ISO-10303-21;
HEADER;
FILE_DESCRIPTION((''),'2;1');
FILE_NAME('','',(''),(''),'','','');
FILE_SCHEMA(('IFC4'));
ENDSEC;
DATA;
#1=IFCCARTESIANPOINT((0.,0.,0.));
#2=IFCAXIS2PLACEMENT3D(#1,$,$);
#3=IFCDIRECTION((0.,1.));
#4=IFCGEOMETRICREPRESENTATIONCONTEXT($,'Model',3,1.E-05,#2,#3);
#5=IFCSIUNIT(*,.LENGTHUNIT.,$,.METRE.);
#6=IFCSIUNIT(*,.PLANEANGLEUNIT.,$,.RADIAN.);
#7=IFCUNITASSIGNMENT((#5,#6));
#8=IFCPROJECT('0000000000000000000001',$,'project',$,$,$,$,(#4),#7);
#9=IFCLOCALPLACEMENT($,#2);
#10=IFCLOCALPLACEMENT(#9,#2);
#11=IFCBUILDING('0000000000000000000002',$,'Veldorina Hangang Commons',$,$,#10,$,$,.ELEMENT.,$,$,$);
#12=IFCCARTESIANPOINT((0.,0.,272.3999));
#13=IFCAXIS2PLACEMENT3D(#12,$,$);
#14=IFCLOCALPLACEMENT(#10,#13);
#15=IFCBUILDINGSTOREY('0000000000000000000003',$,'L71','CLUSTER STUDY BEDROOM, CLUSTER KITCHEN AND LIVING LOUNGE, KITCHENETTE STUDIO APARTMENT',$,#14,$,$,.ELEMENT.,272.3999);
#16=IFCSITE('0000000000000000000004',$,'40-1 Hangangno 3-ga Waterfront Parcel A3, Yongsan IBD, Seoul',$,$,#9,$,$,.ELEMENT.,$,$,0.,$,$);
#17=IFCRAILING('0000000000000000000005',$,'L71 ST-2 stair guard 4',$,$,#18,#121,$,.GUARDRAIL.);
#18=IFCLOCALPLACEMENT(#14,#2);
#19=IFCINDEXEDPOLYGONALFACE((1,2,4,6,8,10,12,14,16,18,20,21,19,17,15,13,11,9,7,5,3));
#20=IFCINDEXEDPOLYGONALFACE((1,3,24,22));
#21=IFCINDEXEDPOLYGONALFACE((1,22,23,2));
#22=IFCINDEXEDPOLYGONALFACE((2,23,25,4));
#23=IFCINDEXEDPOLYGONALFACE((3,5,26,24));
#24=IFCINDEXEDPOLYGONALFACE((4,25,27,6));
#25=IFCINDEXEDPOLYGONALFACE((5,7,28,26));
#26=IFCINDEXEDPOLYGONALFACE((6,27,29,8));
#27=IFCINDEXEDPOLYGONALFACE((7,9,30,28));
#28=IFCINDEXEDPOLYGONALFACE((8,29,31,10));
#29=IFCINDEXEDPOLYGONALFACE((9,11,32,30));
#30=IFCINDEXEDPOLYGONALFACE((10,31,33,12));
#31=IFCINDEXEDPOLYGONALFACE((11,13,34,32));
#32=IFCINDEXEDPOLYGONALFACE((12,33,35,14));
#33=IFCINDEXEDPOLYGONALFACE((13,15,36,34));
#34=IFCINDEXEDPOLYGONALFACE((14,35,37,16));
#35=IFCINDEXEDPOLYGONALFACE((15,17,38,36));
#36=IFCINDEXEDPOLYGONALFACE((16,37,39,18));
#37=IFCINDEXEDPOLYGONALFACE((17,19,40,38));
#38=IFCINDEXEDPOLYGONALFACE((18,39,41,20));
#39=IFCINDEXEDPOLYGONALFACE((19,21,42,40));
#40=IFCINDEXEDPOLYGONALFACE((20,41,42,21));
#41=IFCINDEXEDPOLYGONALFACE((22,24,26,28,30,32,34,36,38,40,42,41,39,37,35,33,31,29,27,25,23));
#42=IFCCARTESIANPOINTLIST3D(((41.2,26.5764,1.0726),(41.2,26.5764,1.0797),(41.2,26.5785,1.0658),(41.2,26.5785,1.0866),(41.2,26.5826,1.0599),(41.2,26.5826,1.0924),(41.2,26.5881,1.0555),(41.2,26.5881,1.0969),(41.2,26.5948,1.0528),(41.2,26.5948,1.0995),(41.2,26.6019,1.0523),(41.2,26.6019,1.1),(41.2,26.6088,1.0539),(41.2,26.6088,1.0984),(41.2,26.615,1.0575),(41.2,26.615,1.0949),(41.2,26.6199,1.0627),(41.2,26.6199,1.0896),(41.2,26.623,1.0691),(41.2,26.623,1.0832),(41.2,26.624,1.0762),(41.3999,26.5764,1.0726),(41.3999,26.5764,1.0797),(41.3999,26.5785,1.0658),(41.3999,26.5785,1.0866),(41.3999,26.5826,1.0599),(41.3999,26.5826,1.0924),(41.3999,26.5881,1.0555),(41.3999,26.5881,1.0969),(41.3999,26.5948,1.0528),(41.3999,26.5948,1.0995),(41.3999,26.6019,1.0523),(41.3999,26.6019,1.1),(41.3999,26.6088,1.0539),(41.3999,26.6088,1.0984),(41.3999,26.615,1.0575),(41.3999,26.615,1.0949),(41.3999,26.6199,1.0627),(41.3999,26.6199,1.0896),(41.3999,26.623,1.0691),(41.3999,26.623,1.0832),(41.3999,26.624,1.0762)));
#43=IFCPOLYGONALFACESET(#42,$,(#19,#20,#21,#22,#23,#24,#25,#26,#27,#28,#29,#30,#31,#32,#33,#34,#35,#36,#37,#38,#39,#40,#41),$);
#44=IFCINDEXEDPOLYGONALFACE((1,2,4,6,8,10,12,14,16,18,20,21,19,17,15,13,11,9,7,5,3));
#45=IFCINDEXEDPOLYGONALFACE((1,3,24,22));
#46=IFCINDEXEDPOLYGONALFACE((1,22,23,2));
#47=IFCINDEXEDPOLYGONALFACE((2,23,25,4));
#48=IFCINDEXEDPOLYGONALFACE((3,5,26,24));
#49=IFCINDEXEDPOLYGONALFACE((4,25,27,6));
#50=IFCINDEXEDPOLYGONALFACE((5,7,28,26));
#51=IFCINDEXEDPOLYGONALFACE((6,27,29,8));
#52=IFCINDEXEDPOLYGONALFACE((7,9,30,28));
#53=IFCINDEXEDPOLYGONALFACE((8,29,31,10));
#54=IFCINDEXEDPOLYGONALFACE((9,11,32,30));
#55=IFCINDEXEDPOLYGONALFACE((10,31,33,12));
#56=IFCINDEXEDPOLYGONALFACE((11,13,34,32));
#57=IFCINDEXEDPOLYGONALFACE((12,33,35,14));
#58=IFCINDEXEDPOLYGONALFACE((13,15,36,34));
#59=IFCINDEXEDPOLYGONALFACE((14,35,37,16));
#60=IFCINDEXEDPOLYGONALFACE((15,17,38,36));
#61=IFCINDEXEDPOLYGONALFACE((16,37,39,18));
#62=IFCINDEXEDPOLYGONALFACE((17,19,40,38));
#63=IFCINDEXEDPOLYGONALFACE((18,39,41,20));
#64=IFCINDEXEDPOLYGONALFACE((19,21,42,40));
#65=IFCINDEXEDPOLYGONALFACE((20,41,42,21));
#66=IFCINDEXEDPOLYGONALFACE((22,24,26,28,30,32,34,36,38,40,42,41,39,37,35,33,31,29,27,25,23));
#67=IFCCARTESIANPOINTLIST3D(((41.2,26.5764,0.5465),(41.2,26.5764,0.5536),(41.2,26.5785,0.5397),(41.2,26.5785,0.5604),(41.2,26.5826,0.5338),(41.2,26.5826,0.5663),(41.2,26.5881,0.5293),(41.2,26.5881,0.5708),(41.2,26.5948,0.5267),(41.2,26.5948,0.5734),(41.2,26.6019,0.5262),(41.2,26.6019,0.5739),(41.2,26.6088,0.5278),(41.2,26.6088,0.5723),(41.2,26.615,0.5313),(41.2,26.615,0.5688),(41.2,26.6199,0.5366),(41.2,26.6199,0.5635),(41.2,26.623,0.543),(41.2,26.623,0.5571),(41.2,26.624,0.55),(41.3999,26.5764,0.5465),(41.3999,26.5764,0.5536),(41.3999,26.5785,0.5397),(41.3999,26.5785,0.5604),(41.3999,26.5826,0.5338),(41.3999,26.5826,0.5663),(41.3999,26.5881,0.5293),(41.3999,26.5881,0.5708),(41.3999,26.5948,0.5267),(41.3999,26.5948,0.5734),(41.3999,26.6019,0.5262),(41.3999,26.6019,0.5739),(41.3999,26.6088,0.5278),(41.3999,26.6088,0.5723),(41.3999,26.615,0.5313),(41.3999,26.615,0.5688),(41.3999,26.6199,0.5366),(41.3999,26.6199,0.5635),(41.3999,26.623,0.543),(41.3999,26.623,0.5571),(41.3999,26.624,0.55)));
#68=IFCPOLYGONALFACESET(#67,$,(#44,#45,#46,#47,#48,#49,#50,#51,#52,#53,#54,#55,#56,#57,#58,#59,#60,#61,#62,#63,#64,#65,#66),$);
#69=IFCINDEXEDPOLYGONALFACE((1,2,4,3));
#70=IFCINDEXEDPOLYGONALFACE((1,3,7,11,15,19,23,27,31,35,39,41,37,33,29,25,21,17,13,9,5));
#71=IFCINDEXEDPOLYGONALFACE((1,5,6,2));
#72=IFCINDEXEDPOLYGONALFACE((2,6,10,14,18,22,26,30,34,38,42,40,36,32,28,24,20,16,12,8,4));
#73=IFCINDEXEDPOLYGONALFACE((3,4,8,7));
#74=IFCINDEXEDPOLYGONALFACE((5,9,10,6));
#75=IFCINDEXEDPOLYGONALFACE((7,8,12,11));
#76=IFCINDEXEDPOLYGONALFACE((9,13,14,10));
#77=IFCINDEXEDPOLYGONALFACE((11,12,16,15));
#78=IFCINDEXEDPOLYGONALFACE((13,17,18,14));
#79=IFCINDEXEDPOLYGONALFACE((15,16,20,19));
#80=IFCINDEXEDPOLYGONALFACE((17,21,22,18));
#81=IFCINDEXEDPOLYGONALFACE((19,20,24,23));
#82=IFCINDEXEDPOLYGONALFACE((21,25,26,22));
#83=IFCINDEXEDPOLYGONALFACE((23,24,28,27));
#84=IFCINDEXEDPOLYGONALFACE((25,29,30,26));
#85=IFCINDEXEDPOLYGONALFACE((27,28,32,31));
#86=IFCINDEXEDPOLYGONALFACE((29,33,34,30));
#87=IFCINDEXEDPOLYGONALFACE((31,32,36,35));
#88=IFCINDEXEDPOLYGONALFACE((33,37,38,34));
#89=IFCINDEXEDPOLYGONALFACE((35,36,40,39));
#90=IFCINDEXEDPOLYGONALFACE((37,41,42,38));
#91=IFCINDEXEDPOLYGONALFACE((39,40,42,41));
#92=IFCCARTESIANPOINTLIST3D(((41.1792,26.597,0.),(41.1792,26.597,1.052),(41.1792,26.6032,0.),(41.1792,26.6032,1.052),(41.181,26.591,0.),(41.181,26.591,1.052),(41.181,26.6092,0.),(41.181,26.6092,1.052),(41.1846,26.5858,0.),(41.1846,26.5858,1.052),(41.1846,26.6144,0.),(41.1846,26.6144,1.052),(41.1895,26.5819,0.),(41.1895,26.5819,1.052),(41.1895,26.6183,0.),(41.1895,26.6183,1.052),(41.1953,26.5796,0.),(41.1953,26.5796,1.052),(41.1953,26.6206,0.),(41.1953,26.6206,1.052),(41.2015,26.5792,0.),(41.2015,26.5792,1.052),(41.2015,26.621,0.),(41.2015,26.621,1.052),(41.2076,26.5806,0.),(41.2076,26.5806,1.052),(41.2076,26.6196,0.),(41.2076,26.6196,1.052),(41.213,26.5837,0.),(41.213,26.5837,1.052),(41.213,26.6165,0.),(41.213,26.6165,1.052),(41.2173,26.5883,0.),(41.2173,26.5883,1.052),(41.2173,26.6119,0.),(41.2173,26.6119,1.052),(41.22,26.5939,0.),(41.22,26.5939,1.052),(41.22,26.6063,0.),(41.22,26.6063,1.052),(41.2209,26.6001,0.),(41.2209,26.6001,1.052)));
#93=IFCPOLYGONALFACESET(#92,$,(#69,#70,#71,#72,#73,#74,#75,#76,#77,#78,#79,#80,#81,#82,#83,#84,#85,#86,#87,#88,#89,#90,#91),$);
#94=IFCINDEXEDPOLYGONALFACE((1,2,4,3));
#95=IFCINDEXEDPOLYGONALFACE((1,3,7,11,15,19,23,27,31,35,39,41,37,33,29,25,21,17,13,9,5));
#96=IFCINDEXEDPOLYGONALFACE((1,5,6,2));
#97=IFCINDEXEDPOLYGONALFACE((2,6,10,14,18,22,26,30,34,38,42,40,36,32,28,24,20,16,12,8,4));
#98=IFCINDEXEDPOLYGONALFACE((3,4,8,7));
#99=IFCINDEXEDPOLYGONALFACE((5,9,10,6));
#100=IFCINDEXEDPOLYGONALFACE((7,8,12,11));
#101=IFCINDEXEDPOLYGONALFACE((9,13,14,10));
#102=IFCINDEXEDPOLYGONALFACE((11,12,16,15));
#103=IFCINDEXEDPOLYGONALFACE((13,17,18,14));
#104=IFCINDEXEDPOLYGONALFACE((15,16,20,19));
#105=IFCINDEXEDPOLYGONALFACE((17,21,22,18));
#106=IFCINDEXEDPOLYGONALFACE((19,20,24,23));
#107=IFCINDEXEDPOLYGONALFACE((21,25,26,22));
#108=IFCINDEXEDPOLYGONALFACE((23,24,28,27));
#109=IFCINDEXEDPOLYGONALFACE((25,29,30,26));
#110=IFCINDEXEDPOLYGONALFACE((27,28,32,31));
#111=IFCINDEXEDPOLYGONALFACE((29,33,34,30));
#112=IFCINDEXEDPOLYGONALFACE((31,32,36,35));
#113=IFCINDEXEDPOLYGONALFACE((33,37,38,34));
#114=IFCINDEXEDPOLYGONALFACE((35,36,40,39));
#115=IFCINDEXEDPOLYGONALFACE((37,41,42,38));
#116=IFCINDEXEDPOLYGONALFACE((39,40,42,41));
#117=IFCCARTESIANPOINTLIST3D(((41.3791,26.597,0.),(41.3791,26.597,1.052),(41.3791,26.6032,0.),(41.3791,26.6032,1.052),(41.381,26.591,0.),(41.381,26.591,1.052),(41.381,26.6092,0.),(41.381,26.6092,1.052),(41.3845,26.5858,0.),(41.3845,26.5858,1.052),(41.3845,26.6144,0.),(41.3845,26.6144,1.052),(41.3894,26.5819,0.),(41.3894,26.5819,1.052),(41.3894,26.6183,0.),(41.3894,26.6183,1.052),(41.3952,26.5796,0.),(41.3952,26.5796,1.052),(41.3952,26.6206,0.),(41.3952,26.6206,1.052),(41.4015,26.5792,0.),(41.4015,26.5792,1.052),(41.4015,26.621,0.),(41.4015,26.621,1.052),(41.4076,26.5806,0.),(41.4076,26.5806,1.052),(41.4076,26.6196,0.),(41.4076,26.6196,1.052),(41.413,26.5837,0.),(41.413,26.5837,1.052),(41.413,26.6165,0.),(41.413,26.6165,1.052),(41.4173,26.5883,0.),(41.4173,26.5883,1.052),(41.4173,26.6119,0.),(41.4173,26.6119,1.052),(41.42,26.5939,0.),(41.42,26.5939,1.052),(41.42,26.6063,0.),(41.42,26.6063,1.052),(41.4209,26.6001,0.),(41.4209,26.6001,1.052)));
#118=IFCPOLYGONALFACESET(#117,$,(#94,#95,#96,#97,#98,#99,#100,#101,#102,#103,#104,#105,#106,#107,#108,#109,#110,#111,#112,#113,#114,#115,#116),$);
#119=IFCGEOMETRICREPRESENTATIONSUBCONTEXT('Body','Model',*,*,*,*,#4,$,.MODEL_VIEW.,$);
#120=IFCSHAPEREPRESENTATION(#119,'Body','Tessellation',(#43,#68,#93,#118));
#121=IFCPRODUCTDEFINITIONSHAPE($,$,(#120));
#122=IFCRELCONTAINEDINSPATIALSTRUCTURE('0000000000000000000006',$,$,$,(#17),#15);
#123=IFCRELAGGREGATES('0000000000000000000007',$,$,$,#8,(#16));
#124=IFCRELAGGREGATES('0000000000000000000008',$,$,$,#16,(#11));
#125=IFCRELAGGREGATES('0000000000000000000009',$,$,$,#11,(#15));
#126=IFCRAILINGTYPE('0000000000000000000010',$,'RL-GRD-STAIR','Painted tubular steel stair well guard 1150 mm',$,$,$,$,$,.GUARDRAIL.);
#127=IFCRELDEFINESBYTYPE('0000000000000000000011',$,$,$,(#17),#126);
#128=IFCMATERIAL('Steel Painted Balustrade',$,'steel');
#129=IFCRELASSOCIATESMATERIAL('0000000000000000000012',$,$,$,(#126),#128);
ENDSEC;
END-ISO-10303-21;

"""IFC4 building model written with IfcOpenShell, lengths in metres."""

from ifc_helpers import new_model, si_unit, direction, frame, origin, origin_2d, place, context, subcontext, project, spatial, circle, extrude, material, type_object, element, save


model = new_model("IFC4")

# Units and contexts
model_context = context("Model", 3, precision=1e-05, world=origin(), true_north=direction((0.0, 1.0)))
body_context = subcontext(model_context, "Body", "Model", "MODEL_VIEW")
ifc_project = project(units=[si_unit("LENGTHUNIT", "METRE"), si_unit("PLANEANGLEUNIT", "RADIAN")], contexts=[model_context])

# Site, building, storey
site_placement = place(None, origin())
site = spatial("IfcSite", under=ifc_project, at=site_placement, Name="40-1 Hangangno 3-ga Waterfront Parcel A3, Yongsan IBD, Seoul", CompositionType="ELEMENT", RefElevation=0.0)
building_placement = place(site_placement, origin())
building = spatial("IfcBuilding", under=site, at=building_placement, Name="Veldorina Hangang Commons", CompositionType="ELEMENT")
storey_placement = place(building_placement, frame((0.0, 0.0, 272.3999)))
storey = spatial("IfcBuildingStorey", under=building, at=storey_placement, Name="L71", Description="CLUSTER STUDY BEDROOM, CLUSTER KITCHEN AND LIVING LOUNGE, KITCHENETTE STUDIO APARTMENT", CompositionType="ELEMENT", Elevation=272.3999)

# Railing
ifc_material_1 = material(Name="Steel Painted Balustrade", Category="steel")
railing_type_1 = type_object("IfcRailingType", Name="RL-GRD-STAIR", Description="Painted tubular steel stair well guard 1150 mm", PredefinedType="GUARDRAIL", material=ifc_material_1)
railing_1_placement = place(storey_placement, frame((41.2, 26.6001, 0.0)))
element("IfcRailing", 1, at=railing_1_placement, inside=storey, type_object=railing_type_1, Name="L71 ST-2 stair guard 4", PredefinedType="GUARDRAIL", context=body_context, shape_type="SweptSolid", body=[
    extrude(circle(Radius=0.0239, at=origin_2d()), frame((0.0, 0.0, 1.0762), z_axis=(1.0, 0.0, 0.0), x_axis=(0.0, 1.0, 0.0)), (0.0, 0.0, 1.0), 0.2),
    extrude(circle(Radius=0.0239, at=origin_2d()), frame((0.0, 0.0, 0.55), z_axis=(1.0, 0.0, 0.0), x_axis=(0.0, 1.0, 0.0)), (0.0, 0.0, 1.0), 0.2),
    extrude(circle(Radius=0.021, at=origin_2d()), origin(), (0.0, 0.0, 1.0), 1.052),
    extrude(circle(Radius=0.021, at=origin_2d()), frame((0.2, 0.0, 0.0)), (0.0, 0.0, 1.0), 1.052),
])

save(model, "model.ifc")
